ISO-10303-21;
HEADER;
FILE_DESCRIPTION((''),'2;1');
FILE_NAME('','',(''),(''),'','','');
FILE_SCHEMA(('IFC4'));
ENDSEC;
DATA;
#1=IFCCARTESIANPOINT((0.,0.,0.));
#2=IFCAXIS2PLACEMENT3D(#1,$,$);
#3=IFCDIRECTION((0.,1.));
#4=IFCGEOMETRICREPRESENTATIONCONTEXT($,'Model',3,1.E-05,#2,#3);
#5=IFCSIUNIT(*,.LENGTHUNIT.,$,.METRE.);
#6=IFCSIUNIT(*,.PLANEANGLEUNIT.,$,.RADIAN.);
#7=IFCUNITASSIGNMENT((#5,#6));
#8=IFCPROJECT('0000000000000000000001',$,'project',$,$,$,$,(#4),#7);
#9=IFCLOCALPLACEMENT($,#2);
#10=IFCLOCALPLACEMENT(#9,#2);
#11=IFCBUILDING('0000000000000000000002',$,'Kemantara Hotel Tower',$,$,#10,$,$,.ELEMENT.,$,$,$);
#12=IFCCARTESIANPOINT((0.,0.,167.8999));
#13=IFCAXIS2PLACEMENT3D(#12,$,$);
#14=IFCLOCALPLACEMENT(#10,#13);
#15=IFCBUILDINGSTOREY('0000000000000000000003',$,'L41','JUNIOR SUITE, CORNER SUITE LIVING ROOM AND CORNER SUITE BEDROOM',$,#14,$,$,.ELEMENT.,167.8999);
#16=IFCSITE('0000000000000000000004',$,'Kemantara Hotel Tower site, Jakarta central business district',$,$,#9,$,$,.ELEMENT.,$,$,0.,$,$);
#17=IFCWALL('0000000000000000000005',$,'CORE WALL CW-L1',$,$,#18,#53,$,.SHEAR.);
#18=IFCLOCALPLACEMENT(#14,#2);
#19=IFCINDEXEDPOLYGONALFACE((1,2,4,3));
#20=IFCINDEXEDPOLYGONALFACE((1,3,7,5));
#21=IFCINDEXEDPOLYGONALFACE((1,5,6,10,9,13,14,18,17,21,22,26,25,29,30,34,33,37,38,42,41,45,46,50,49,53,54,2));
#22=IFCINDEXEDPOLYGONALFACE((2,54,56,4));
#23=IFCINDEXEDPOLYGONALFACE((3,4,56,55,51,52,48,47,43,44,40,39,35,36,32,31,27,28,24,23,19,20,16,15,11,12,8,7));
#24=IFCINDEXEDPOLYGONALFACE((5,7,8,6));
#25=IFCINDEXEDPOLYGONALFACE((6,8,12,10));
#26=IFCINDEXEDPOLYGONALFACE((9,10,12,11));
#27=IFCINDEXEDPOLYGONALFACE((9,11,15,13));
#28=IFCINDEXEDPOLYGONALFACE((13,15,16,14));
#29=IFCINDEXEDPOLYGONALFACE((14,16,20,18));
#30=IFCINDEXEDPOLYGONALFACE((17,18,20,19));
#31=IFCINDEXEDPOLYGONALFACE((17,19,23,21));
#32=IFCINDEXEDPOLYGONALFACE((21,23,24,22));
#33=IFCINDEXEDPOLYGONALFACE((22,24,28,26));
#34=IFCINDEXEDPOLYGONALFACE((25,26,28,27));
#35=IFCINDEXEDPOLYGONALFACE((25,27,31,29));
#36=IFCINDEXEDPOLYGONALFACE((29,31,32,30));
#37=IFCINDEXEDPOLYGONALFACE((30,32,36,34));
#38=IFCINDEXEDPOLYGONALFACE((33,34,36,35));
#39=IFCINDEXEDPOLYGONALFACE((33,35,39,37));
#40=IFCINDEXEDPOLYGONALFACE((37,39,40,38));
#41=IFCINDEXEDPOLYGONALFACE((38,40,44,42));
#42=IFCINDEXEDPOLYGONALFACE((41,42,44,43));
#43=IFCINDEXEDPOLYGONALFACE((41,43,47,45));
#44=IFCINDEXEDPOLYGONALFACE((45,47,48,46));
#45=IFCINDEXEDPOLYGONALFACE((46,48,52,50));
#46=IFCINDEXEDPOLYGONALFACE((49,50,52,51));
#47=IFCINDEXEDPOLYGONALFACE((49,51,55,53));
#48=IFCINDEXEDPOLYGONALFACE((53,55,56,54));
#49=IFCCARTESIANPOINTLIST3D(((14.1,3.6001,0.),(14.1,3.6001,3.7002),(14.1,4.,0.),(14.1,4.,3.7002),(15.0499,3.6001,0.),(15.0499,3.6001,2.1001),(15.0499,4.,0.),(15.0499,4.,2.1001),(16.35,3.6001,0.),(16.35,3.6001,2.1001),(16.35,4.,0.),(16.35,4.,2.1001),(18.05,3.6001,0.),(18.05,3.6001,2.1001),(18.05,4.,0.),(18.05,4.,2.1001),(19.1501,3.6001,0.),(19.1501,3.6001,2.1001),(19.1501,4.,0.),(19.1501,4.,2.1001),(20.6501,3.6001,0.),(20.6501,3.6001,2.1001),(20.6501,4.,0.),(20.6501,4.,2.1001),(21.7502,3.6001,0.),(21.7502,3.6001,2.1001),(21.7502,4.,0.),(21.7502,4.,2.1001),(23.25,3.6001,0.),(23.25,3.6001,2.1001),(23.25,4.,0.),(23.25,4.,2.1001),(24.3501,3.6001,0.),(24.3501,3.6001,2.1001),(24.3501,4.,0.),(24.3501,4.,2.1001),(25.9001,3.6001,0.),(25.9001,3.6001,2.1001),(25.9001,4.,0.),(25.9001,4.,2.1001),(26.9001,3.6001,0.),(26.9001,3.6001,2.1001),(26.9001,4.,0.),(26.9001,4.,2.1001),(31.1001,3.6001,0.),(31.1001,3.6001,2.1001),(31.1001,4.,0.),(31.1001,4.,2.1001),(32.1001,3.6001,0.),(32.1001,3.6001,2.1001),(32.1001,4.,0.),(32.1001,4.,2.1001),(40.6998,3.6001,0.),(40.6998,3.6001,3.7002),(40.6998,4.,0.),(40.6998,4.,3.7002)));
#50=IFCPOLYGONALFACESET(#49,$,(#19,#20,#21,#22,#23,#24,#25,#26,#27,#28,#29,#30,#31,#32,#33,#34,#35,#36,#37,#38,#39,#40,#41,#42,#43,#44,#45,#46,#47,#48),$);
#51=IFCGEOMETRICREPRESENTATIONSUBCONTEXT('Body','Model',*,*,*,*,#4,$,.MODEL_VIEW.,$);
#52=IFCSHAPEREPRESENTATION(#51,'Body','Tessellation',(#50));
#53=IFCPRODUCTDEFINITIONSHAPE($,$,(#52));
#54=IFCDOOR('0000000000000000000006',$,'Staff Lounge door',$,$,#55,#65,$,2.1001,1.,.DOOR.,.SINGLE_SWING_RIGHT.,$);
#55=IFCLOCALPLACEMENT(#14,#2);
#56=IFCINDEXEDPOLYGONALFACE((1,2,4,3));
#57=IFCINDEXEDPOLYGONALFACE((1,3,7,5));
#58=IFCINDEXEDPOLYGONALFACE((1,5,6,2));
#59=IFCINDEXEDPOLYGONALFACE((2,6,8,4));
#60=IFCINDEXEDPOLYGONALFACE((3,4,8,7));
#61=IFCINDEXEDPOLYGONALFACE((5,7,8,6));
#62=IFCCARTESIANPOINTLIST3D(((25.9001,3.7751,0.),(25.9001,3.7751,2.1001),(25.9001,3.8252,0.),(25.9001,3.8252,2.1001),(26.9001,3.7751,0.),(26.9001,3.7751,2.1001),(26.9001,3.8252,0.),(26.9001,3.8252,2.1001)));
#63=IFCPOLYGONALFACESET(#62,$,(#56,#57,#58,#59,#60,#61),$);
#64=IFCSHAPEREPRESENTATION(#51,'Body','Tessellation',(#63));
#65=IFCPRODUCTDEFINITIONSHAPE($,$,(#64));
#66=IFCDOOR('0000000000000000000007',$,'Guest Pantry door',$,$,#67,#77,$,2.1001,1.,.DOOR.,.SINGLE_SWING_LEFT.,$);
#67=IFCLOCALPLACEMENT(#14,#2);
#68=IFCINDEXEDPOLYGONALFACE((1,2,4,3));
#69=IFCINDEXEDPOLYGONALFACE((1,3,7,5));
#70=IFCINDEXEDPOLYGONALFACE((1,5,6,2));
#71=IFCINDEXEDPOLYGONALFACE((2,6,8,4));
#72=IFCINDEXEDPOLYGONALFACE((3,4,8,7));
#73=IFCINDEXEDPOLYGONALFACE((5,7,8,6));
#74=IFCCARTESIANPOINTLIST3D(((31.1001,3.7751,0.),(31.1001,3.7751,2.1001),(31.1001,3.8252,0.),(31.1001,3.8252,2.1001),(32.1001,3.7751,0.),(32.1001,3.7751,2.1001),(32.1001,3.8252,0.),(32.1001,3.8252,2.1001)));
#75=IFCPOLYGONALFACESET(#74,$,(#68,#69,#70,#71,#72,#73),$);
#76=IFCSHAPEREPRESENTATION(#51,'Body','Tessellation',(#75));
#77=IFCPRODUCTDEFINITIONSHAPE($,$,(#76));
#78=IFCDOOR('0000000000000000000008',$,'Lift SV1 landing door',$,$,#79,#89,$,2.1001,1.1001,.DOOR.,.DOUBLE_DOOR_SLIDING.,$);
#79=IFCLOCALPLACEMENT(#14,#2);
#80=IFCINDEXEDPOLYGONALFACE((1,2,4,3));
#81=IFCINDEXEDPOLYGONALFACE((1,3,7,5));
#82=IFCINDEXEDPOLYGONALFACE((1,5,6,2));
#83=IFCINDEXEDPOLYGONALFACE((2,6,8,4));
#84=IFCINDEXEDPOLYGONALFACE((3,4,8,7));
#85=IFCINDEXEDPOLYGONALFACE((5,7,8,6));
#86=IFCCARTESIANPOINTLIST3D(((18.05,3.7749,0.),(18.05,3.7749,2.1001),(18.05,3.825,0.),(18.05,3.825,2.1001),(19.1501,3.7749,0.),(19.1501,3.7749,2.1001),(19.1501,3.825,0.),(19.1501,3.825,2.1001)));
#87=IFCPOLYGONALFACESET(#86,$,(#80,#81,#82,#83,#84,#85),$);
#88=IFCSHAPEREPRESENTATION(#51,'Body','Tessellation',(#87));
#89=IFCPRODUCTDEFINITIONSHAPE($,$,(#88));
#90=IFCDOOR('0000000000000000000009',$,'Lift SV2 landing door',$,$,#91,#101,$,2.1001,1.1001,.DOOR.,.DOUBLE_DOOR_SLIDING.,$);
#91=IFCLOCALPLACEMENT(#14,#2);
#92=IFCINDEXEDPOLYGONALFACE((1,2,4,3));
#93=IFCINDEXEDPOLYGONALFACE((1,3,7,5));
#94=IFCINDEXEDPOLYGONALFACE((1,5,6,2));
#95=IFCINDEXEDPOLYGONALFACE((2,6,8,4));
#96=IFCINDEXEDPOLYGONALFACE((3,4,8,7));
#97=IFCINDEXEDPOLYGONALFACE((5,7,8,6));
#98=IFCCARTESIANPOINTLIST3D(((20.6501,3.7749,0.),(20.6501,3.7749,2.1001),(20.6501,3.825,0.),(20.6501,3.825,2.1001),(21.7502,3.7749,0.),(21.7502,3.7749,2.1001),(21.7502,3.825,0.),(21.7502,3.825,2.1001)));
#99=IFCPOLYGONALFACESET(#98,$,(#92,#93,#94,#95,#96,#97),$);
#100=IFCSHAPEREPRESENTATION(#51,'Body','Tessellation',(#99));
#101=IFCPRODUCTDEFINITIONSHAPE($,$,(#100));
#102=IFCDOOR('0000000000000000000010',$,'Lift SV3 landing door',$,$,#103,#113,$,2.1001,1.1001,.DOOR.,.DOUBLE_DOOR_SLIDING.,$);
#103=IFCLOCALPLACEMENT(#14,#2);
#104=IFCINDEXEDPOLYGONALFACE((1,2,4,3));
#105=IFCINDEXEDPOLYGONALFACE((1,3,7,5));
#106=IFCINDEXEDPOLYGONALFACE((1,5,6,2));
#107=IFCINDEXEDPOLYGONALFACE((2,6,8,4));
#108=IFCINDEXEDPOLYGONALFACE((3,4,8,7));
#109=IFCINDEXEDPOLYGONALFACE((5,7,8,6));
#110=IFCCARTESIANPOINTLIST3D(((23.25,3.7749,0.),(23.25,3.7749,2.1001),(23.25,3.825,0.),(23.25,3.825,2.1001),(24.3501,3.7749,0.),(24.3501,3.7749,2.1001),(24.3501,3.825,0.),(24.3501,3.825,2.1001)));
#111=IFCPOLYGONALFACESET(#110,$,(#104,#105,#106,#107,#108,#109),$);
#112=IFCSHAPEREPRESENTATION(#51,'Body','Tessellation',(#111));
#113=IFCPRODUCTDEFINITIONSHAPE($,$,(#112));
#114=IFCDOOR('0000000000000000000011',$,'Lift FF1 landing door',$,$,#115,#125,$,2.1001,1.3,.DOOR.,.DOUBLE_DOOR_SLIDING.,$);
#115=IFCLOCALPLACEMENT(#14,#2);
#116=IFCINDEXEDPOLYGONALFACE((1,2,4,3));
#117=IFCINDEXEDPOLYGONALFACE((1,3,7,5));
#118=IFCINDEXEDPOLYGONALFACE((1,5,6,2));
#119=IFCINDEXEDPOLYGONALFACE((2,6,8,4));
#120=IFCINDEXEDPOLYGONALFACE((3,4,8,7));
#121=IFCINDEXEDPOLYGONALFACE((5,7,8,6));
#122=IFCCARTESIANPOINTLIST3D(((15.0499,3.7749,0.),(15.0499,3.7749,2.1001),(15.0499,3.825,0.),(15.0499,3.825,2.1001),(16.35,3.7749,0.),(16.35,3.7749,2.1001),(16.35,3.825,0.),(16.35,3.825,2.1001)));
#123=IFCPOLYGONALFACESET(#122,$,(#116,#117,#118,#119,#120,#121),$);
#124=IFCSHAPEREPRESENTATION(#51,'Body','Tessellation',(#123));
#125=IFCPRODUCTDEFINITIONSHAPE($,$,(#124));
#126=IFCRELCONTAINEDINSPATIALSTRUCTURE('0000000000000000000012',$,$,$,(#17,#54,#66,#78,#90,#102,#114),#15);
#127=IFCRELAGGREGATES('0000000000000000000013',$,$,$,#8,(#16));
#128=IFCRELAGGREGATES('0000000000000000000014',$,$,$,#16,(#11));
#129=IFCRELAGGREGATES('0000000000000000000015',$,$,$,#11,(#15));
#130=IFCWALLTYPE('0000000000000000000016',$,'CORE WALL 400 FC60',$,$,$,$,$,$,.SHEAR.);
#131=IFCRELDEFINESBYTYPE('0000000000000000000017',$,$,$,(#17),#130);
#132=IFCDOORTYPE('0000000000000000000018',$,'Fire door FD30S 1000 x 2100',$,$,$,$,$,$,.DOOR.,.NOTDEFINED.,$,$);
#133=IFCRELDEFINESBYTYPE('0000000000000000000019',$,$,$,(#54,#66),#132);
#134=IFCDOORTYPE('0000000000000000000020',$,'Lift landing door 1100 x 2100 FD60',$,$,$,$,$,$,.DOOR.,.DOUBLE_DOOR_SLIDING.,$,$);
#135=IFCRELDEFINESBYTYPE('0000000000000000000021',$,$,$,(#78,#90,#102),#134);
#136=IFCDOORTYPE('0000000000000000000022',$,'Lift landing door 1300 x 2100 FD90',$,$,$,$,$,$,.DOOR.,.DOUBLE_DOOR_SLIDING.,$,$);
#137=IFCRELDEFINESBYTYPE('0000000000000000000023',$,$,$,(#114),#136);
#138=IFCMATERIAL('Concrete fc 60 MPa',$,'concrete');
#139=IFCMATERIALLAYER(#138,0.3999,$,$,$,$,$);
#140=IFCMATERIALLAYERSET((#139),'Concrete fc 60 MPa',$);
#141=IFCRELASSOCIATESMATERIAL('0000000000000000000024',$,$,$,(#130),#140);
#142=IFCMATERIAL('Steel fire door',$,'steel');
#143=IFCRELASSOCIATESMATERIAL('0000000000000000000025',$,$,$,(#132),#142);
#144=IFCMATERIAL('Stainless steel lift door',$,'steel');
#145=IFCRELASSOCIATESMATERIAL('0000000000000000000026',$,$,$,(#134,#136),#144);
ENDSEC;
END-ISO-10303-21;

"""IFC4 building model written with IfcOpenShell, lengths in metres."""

from ifc_helpers import new_model, si_unit, direction, frame, frame_2d, origin, place, context, subcontext, project, spatial, rectangle, extrude, material, layer, layer_set, type_object, element, fill, save


model = new_model("IFC4")

# Units and contexts
model_context = context("Model", 3, precision=1e-05, world=origin(), true_north=direction((0.0, 1.0)))
body_context = subcontext(model_context, "Body", "Model", "MODEL_VIEW")
ifc_project = project(units=[si_unit("LENGTHUNIT", "METRE"), si_unit("PLANEANGLEUNIT", "RADIAN")], contexts=[model_context])

# Site, building, storey
site_placement = place(None, origin())
site = spatial("IfcSite", under=ifc_project, at=site_placement, Name="Kemantara Hotel Tower site, Jakarta central business district", CompositionType="ELEMENT", RefElevation=0.0)
building_placement = place(site_placement, origin())
building = spatial("IfcBuilding", under=site, at=building_placement, Name="Kemantara Hotel Tower", CompositionType="ELEMENT")
storey_placement = place(building_placement, frame((0.0, 0.0, 167.8999)))
storey = spatial("IfcBuildingStorey", under=building, at=storey_placement, Name="L41", Description="JUNIOR SUITE, CORNER SUITE LIVING ROOM AND CORNER SUITE BEDROOM", CompositionType="ELEMENT", Elevation=167.8999)

# Shared definitions
ifc_material_1 = material(Name="Concrete fc 60 MPa", Category="concrete")
ifc_layer_1 = layer(ifc_material_1, 0.3999)
ifc_layer_set_1 = layer_set([ifc_layer_1], Name="Concrete fc 60 MPa")
wall_type_1 = type_object("IfcWallType", Name="CORE WALL 400 FC60", PredefinedType="SHEAR", material=ifc_layer_set_1)

# Wall, openings, doors
wall_1_placement = place(storey_placement, frame((14.1001, 3.8, 0.0), z_axis=(0.0, 0.0, 1.0), x_axis=(1.0, 0.0, 0.0)))
wall_1 = element("IfcWall", 1, at=wall_1_placement, inside=storey, type_object=wall_type_1, Name="CORE WALL CW-L1", PredefinedType="SHEAR", context=body_context, shape_type="SweptSolid", body=[
    extrude(rectangle(XDim=26.5999, YDim=0.3999, at=frame_2d((13.2998, 0.0))), origin(), (0.0, 0.0, 1.0), 3.7002),
])
opening_1_placement = place(wall_1_placement, frame((0.95, 0.0, 0.0)))
opening_1 = element("IfcOpeningElement", 2, at=opening_1_placement, cuts=wall_1, PredefinedType="OPENING", context=body_context, shape_type="SweptSolid", body=[
    extrude(rectangle(XDim=1.3, YDim=2.1001, at=frame_2d((0.6499, 1.05))), frame((0.0, 0.21, 0.0), z_axis=(0.0, -1.0, 0.0), x_axis=(1.0, 0.0, 0.0)), (0.0, 0.0, 1.0), 0.4199),
])
opening_2_placement = place(wall_1_placement, frame((3.95, 0.0, 0.0)))
opening_2 = element("IfcOpeningElement", 3, at=opening_2_placement, cuts=wall_1, PredefinedType="OPENING", context=body_context, shape_type="SweptSolid", body=[
    extrude(rectangle(XDim=1.1001, YDim=2.1001, at=frame_2d((0.55, 1.05))), frame((0.0, 0.21, 0.0), z_axis=(0.0, -1.0, 0.0), x_axis=(1.0, 0.0, 0.0)), (0.0, 0.0, 1.0), 0.4199),
])
opening_3_placement = place(wall_1_placement, frame((6.55, 0.0, 0.0)))
opening_3 = element("IfcOpeningElement", 4, at=opening_3_placement, cuts=wall_1, PredefinedType="OPENING", context=body_context, shape_type="SweptSolid", body=[
    extrude(rectangle(XDim=1.1001, YDim=2.1001, at=frame_2d((0.55, 1.05))), frame((0.0, 0.21, 0.0), z_axis=(0.0, -1.0, 0.0), x_axis=(1.0, 0.0, 0.0)), (0.0, 0.0, 1.0), 0.4199),
])
opening_4_placement = place(wall_1_placement, frame((9.1499, 0.0, 0.0)))
opening_4 = element("IfcOpeningElement", 5, at=opening_4_placement, cuts=wall_1, PredefinedType="OPENING", context=body_context, shape_type="SweptSolid", body=[
    extrude(rectangle(XDim=1.1001, YDim=2.1001, at=frame_2d((0.55, 1.05))), frame((0.0, 0.21, 0.0), z_axis=(0.0, -1.0, 0.0), x_axis=(1.0, 0.0, 0.0)), (0.0, 0.0, 1.0), 0.4199),
])
opening_5_placement = place(wall_1_placement, frame((11.8, 0.0, 0.0)))
opening_5 = element("IfcOpeningElement", 6, at=opening_5_placement, cuts=wall_1, PredefinedType="OPENING", context=body_context, shape_type="SweptSolid", body=[
    extrude(rectangle(XDim=1.0, YDim=2.1001, at=frame_2d((0.5, 1.05))), frame((0.0, 0.21, 0.0), z_axis=(0.0, -1.0, 0.0), x_axis=(1.0, 0.0, 0.0)), (0.0, 0.0, 1.0), 0.4199),
])
opening_6_placement = place(wall_1_placement, frame((17.0, 0.0, 0.0)))
opening_6 = element("IfcOpeningElement", 7, at=opening_6_placement, cuts=wall_1, PredefinedType="OPENING", context=body_context, shape_type="SweptSolid", body=[
    extrude(rectangle(XDim=1.0, YDim=2.1001, at=frame_2d((0.5, 1.05))), frame((0.0, 0.21, 0.0), z_axis=(0.0, -1.0, 0.0), x_axis=(1.0, 0.0, 0.0)), (0.0, 0.0, 1.0), 0.4199),
])
ifc_material_2 = material(Name="Steel fire door", Category="steel")
door_type_1 = type_object("IfcDoorType", Name="Fire door FD30S 1000 x 2100", OperationType="NOTDEFINED", PredefinedType="DOOR", material=ifc_material_2)
door_1_placement = place(opening_5_placement, frame((1.0, 0.0, 0.0), z_axis=(0.0, 0.0, 1.0), x_axis=(-1.0, 0.0, 0.0)))
door_1 = element("IfcDoor", 8, at=door_1_placement, inside=storey, type_object=door_type_1, Name="Staff Lounge door", OperationType="SINGLE_SWING_RIGHT", OverallHeight=2.1001, OverallWidth=1.0, PredefinedType="DOOR", context=body_context, shape_type="SweptSolid", body=[
    extrude(rectangle(XDim=1.0, YDim=2.1001, at=frame_2d((0.5, 1.05))), frame((0.0, 0.0249, 0.0), z_axis=(0.0, -1.0, 0.0), x_axis=(1.0, 0.0, 0.0)), (0.0, 0.0, 1.0), 0.05),
])
fill(opening_5, door_1)
door_2_placement = place(opening_6_placement, frame((1.0, 0.0, 0.0), z_axis=(0.0, 0.0, 1.0), x_axis=(-1.0, 0.0, 0.0)))
door_2 = element("IfcDoor", 9, at=door_2_placement, inside=storey, type_object=door_type_1, Name="Guest Pantry door", OperationType="SINGLE_SWING_LEFT", OverallHeight=2.1001, OverallWidth=1.0, PredefinedType="DOOR", context=body_context, shape_type="SweptSolid", body=[
    extrude(rectangle(XDim=1.0, YDim=2.1001, at=frame_2d((0.5, 1.05))), frame((0.0, 0.0249, 0.0), z_axis=(0.0, -1.0, 0.0), x_axis=(1.0, 0.0, 0.0)), (0.0, 0.0, 1.0), 0.05),
])
fill(opening_6, door_2)
ifc_material_3 = material(Name="Stainless steel lift door", Category="steel")
door_type_2 = type_object("IfcDoorType", Name="Lift landing door 1100 x 2100 FD60", OperationType="DOUBLE_DOOR_SLIDING", PredefinedType="DOOR", material=ifc_material_3)
door_3_placement = place(opening_2_placement, origin())
door_3 = element("IfcDoor", 10, at=door_3_placement, inside=storey, type_object=door_type_2, Name="Lift SV1 landing door", OperationType="DOUBLE_DOOR_SLIDING", OverallHeight=2.1001, OverallWidth=1.1001, PredefinedType="DOOR", context=body_context, shape_type="SweptSolid", body=[
    extrude(rectangle(XDim=1.1001, YDim=2.1001, at=frame_2d((0.55, 1.05))), frame((0.0, 0.0249, 0.0), z_axis=(0.0, -1.0, 0.0), x_axis=(1.0, 0.0, 0.0)), (0.0, 0.0, 1.0), 0.05),
])
fill(opening_2, door_3)
door_4_placement = place(opening_3_placement, origin())
door_4 = element("IfcDoor", 11, at=door_4_placement, inside=storey, type_object=door_type_2, Name="Lift SV2 landing door", OperationType="DOUBLE_DOOR_SLIDING", OverallHeight=2.1001, OverallWidth=1.1001, PredefinedType="DOOR", context=body_context, shape_type="SweptSolid", body=[
    extrude(rectangle(XDim=1.1001, YDim=2.1001, at=frame_2d((0.55, 1.05))), frame((0.0, 0.0249, 0.0), z_axis=(0.0, -1.0, 0.0), x_axis=(1.0, 0.0, 0.0)), (0.0, 0.0, 1.0), 0.05),
])
fill(opening_3, door_4)
door_5_placement = place(opening_4_placement, origin())
door_5 = element("IfcDoor", 12, at=door_5_placement, inside=storey, type_object=door_type_2, Name="Lift SV3 landing door", OperationType="DOUBLE_DOOR_SLIDING", OverallHeight=2.1001, OverallWidth=1.1001, PredefinedType="DOOR", context=body_context, shape_type="SweptSolid", body=[
    extrude(rectangle(XDim=1.1001, YDim=2.1001, at=frame_2d((0.55, 1.05))), frame((0.0, 0.0249, 0.0), z_axis=(0.0, -1.0, 0.0), x_axis=(1.0, 0.0, 0.0)), (0.0, 0.0, 1.0), 0.05),
])
fill(opening_4, door_5)
door_type_3 = type_object("IfcDoorType", Name="Lift landing door 1300 x 2100 FD90", OperationType="DOUBLE_DOOR_SLIDING", PredefinedType="DOOR", material=ifc_material_3)
door_6_placement = place(opening_1_placement, origin())
door_6 = element("IfcDoor", 13, at=door_6_placement, inside=storey, type_object=door_type_3, Name="Lift FF1 landing door", OperationType="DOUBLE_DOOR_SLIDING", OverallHeight=2.1001, OverallWidth=1.3, PredefinedType="DOOR", context=body_context, shape_type="SweptSolid", body=[
    extrude(rectangle(XDim=1.3, YDim=2.1001, at=frame_2d((0.6499, 1.05))), frame((0.0, 0.0249, 0.0), z_axis=(0.0, -1.0, 0.0), x_axis=(1.0, 0.0, 0.0)), (0.0, 0.0, 1.0), 0.05),
])
fill(opening_1, door_6)

save(model, "model.ifc")
